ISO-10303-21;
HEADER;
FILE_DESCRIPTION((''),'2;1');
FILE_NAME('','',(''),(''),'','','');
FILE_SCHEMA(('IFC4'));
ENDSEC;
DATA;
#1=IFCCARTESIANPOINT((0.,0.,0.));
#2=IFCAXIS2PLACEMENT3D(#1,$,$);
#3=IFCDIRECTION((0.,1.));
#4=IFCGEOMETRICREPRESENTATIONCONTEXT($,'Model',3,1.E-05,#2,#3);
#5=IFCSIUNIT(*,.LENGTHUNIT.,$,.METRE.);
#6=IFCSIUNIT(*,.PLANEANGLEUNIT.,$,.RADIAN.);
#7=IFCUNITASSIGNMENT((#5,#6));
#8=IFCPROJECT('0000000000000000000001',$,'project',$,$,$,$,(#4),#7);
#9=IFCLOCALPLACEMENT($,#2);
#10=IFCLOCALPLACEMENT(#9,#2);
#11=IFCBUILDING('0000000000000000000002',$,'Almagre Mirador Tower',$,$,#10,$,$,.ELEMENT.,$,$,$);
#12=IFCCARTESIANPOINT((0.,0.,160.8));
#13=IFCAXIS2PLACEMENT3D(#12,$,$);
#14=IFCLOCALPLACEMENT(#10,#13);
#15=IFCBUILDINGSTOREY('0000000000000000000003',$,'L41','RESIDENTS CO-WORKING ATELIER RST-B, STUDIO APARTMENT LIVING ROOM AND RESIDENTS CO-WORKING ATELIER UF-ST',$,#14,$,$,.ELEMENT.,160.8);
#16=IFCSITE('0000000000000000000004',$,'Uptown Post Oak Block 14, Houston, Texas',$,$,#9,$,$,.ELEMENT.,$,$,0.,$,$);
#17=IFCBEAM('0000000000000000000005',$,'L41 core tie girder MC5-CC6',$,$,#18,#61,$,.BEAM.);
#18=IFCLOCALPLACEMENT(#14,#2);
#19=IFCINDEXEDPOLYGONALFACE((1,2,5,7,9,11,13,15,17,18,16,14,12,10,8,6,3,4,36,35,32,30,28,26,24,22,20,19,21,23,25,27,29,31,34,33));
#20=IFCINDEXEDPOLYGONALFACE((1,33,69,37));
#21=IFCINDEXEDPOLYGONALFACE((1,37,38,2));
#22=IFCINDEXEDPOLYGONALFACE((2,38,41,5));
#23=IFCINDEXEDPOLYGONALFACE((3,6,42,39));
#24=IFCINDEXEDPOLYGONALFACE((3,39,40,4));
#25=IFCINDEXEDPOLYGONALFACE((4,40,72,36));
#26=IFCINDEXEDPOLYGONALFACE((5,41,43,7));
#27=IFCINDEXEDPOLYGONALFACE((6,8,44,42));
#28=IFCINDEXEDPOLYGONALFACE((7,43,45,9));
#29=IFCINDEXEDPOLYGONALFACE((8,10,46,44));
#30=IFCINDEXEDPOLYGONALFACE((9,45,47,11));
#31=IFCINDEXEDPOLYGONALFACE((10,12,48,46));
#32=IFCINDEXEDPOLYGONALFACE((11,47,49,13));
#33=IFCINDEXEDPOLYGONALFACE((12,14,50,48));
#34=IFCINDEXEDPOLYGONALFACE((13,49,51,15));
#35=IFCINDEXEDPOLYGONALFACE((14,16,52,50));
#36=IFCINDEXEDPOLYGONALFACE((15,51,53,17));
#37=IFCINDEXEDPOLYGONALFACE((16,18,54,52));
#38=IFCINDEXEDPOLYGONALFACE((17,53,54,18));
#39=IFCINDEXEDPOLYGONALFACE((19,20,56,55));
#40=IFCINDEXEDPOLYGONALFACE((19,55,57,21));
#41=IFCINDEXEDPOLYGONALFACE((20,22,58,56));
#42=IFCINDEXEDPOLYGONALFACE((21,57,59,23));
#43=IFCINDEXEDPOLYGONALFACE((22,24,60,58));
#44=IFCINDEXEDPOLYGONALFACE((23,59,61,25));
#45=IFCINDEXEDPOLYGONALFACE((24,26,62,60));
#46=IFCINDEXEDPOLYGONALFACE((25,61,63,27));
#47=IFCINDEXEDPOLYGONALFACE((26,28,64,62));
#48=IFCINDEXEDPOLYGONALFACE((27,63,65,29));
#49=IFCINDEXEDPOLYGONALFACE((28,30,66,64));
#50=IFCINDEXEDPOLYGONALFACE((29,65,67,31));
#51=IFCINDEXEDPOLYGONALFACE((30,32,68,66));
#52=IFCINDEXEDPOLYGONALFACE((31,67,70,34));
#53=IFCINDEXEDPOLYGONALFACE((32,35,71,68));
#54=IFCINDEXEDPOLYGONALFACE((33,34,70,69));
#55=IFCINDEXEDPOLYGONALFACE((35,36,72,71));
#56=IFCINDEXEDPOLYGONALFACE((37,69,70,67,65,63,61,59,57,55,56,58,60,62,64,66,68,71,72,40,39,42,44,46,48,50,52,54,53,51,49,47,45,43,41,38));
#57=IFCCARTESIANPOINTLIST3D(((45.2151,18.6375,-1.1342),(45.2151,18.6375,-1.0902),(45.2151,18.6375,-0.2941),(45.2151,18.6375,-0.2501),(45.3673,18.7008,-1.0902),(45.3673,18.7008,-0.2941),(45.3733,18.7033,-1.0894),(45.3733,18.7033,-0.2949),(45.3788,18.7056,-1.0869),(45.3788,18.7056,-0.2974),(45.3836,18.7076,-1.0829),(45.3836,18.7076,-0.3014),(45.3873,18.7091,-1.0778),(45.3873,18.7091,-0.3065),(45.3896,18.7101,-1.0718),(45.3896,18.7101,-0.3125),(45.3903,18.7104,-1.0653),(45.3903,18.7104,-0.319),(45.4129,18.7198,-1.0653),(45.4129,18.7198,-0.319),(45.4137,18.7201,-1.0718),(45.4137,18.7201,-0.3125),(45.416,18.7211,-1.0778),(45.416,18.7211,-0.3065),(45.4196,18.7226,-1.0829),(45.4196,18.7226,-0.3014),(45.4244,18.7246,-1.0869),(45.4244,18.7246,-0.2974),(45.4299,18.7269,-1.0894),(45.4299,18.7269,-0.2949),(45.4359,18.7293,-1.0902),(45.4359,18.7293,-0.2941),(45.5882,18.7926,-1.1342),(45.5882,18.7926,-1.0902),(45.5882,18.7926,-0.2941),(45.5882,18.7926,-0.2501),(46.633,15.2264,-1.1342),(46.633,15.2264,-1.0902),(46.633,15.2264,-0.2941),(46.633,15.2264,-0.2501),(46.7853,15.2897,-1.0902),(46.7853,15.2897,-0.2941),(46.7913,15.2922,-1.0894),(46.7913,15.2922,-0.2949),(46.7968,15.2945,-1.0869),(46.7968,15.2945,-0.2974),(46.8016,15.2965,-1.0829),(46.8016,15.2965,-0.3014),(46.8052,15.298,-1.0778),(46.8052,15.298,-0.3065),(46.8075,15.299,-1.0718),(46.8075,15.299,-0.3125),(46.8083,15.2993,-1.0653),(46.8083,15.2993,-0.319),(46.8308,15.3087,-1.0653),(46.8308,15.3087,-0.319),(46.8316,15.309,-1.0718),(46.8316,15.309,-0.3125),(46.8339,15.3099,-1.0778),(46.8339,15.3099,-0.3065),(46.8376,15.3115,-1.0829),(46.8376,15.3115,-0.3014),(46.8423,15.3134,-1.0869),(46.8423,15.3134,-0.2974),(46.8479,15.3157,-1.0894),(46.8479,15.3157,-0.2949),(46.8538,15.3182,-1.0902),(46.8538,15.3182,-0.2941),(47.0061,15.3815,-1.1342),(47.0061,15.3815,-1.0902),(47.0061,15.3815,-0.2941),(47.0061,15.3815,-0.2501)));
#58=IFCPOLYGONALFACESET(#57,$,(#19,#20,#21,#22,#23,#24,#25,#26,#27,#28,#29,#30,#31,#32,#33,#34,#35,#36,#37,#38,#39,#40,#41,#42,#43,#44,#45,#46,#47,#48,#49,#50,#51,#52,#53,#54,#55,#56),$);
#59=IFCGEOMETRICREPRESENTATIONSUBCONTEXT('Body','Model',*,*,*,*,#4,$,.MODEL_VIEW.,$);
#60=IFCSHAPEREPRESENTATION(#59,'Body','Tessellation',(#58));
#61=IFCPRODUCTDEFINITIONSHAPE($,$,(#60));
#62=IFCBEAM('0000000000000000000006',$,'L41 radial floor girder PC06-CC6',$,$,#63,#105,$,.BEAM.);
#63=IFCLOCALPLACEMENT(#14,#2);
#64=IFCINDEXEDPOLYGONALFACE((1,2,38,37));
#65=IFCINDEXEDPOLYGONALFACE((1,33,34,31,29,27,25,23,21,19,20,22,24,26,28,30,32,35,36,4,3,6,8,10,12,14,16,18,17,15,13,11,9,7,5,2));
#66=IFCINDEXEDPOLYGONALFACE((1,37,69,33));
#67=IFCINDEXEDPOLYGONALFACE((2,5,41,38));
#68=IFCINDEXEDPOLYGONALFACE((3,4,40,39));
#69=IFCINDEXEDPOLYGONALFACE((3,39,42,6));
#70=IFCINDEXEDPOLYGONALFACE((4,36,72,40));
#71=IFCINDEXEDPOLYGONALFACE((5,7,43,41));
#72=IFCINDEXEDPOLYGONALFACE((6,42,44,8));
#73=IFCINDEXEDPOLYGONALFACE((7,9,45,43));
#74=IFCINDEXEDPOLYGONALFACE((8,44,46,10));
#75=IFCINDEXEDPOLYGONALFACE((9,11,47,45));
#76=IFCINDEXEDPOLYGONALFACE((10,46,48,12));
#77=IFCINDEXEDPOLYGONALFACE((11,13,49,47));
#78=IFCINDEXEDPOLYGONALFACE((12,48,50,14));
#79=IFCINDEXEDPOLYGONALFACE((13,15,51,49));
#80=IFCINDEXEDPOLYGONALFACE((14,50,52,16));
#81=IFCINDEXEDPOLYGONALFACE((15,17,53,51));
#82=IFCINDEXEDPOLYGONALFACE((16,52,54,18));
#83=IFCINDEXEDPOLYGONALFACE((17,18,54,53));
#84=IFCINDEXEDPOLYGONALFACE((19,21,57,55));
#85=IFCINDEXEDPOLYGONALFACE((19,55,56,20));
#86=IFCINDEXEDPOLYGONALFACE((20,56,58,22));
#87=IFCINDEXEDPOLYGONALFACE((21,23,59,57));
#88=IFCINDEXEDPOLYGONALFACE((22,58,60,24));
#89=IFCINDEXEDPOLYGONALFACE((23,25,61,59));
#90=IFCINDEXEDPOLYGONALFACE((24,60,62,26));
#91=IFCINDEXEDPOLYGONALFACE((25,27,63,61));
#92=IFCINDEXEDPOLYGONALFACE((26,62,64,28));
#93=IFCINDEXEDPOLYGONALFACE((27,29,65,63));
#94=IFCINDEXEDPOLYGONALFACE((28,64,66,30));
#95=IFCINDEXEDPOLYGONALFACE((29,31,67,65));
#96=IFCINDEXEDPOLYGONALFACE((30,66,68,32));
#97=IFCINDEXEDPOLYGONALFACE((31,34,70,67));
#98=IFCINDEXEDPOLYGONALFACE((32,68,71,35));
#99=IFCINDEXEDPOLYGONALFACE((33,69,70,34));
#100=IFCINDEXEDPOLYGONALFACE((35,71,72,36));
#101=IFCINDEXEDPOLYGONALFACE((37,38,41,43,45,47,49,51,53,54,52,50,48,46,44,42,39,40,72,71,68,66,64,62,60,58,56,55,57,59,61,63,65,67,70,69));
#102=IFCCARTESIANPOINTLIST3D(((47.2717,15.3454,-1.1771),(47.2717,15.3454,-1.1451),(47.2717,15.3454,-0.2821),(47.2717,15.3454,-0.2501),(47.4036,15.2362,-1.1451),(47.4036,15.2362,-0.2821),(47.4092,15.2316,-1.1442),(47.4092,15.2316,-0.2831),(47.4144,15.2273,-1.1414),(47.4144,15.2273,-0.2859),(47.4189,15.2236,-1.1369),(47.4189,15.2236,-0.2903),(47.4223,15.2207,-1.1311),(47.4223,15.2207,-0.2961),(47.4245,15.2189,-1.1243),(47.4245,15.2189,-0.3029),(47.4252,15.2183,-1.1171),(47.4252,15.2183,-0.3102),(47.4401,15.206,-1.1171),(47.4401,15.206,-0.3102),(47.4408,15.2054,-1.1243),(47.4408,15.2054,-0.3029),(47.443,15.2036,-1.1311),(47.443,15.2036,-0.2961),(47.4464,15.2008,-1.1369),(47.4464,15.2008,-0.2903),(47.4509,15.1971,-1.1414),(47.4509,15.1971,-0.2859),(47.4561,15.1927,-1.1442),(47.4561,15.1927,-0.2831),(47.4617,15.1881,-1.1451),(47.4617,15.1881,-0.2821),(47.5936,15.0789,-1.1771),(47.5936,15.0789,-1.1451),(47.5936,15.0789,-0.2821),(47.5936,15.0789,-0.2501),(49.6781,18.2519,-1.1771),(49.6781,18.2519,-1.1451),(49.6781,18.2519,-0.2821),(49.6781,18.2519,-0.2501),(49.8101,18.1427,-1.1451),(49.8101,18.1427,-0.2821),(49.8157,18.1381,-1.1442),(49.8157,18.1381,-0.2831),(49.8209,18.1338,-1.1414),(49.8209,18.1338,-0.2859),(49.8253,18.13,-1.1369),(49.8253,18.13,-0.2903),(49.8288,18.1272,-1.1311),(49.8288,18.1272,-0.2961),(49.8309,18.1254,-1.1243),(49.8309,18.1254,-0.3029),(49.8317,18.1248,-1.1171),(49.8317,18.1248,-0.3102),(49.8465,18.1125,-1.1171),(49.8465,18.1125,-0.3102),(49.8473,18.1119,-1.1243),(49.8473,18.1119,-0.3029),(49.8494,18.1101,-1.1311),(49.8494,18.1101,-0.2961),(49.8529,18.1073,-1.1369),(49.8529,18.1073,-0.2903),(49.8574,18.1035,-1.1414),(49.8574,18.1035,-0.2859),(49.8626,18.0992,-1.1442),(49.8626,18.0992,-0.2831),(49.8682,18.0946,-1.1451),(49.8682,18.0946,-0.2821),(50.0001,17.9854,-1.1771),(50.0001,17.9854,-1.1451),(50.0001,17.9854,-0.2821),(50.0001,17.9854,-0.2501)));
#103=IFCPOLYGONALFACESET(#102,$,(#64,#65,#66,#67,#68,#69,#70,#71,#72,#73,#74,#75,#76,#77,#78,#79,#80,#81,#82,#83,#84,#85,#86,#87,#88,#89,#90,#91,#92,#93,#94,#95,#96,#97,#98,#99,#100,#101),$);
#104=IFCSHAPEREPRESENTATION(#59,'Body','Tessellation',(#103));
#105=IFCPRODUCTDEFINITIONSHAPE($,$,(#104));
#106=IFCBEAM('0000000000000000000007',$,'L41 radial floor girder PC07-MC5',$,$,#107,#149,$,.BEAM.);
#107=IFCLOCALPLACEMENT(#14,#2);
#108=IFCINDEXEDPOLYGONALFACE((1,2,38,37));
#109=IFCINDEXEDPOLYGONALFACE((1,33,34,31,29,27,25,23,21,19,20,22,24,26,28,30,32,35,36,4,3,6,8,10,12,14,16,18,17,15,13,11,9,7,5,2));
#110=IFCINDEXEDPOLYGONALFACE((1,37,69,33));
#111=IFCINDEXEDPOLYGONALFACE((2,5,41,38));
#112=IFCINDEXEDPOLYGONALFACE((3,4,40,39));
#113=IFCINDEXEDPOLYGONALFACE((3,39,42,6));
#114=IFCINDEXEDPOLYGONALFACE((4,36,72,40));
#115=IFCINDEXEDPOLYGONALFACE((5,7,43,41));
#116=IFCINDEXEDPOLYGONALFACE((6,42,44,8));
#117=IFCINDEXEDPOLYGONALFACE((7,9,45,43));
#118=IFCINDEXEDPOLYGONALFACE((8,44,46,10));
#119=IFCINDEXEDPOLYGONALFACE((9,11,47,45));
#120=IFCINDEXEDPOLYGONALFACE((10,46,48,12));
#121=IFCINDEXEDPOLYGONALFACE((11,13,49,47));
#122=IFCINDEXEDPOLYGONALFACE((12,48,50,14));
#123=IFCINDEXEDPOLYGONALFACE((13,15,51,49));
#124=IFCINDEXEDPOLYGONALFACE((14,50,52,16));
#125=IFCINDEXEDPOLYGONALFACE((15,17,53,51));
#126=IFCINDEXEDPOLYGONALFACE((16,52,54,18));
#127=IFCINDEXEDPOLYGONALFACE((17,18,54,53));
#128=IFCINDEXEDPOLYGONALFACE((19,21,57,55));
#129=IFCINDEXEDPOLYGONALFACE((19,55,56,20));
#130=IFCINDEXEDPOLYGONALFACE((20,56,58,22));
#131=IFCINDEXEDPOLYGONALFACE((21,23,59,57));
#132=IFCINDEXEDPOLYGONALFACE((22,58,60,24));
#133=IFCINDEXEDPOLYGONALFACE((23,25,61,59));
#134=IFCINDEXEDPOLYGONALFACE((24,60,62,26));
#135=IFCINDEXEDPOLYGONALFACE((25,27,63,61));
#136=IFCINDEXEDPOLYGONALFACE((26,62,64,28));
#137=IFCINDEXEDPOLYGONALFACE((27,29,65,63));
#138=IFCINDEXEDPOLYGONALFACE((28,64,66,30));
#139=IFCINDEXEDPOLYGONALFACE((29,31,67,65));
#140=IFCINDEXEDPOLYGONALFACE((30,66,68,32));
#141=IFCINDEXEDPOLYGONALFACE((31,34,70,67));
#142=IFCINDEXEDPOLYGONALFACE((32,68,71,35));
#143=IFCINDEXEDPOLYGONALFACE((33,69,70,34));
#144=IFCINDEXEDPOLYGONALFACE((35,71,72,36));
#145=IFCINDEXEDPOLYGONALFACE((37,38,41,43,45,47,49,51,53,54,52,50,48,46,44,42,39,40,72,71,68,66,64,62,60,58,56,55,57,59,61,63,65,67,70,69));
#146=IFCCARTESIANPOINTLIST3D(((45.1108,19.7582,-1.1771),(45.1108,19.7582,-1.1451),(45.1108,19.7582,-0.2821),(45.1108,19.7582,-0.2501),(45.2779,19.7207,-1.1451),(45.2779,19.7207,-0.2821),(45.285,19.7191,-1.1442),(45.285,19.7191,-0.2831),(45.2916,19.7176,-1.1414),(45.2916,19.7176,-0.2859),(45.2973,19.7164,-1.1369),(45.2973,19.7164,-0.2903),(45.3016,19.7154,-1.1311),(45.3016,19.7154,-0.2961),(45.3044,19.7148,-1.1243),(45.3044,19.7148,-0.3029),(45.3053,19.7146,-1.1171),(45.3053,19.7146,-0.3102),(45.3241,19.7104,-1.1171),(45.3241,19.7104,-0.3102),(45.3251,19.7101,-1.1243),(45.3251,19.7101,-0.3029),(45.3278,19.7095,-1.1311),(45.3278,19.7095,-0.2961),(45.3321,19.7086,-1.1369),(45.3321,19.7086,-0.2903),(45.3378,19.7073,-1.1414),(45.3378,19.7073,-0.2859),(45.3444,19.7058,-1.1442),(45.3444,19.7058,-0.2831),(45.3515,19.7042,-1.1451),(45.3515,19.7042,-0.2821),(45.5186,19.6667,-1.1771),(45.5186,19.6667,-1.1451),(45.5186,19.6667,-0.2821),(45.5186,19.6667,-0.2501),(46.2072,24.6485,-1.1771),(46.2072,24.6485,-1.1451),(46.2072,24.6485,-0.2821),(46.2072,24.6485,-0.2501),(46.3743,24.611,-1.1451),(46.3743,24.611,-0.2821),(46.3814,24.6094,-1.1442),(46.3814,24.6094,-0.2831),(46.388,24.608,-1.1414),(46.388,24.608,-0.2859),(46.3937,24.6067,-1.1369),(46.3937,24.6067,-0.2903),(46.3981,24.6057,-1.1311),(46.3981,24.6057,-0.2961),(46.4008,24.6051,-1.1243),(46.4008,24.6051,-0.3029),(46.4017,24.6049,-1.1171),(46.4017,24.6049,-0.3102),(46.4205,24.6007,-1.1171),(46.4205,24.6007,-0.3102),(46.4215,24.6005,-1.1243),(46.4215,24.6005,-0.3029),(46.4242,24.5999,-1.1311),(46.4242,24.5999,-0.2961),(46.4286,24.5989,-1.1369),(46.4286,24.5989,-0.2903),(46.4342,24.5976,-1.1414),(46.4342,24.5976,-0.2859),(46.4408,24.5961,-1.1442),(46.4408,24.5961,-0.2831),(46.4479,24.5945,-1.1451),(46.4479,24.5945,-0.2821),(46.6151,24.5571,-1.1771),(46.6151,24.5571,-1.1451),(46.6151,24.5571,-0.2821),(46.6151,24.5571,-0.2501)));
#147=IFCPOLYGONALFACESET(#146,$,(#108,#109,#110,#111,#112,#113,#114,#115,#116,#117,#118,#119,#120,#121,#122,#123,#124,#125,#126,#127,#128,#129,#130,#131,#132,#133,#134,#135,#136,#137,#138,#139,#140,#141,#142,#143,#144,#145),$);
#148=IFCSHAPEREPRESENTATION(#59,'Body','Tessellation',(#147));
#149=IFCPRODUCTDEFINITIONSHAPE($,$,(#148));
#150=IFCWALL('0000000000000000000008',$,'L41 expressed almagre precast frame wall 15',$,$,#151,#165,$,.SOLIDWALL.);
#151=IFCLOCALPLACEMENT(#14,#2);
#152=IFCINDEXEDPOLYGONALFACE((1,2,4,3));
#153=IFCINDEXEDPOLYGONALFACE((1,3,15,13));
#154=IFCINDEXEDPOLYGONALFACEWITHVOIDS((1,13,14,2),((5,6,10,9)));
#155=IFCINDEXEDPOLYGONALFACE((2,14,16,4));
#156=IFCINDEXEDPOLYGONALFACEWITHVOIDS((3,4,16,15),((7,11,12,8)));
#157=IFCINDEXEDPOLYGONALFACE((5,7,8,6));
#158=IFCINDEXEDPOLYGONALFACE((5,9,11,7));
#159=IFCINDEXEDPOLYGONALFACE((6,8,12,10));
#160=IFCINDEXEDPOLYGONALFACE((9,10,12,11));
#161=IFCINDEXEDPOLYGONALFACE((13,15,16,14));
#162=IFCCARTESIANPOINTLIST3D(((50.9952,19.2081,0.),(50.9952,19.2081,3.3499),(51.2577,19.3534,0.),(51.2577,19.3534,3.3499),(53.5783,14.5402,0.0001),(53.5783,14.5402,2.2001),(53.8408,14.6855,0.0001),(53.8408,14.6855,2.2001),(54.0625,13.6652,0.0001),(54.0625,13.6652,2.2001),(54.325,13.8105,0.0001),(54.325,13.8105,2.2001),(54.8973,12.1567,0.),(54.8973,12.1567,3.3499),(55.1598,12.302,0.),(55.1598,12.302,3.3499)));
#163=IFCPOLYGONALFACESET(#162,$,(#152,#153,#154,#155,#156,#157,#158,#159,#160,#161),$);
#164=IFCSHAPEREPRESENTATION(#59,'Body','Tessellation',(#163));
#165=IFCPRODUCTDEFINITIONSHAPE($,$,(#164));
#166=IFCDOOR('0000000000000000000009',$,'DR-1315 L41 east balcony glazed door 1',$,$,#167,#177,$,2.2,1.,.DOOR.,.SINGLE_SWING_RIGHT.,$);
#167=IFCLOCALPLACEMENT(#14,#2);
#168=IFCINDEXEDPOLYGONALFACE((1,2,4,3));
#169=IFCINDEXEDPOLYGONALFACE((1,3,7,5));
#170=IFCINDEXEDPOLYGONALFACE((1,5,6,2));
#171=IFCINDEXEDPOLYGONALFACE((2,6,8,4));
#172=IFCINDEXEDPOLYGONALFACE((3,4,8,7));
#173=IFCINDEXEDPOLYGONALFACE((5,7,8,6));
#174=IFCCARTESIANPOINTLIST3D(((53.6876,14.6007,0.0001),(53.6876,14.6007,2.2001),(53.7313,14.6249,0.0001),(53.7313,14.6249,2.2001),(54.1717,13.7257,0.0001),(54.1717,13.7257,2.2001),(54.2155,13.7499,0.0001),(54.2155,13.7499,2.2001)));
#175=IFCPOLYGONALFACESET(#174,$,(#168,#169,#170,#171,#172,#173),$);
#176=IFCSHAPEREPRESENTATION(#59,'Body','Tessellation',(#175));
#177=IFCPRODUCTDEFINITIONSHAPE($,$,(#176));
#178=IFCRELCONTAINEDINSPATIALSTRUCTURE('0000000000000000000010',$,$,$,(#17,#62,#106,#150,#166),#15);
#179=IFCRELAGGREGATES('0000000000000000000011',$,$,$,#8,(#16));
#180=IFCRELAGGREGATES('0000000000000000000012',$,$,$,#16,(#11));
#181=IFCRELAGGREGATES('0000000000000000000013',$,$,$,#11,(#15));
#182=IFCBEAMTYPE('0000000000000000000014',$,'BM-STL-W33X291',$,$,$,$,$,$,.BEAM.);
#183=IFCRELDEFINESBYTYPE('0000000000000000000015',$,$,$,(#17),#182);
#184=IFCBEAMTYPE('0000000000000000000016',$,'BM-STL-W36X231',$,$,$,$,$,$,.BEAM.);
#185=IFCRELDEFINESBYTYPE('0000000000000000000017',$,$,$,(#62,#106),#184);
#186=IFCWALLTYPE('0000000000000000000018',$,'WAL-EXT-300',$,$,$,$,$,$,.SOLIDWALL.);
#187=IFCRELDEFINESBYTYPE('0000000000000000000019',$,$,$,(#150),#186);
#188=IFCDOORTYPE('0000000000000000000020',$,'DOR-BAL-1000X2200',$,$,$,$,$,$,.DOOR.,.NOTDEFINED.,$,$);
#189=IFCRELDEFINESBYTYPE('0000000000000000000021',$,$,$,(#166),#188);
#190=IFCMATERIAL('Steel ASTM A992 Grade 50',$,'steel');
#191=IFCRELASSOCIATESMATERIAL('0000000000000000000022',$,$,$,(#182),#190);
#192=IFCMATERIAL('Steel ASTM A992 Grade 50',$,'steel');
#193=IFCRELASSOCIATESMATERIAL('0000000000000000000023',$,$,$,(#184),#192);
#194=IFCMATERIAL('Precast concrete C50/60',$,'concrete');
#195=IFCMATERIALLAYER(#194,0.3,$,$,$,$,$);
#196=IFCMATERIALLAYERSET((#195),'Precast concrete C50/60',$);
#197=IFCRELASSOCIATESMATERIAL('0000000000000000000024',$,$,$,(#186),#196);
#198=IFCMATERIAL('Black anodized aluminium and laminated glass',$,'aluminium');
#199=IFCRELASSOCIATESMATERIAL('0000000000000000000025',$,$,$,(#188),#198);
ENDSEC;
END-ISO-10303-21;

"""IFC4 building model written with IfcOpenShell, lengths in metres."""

from ifc_helpers import new_model, si_unit, direction, frame, frame_2d, origin, origin_2d, place, context, subcontext, project, spatial, rectangle, i_section, extrude, material, layer, layer_set, material_profile, profile_set, type_object, element, fill, save


model = new_model("IFC4")

# Units and contexts
model_context = context("Model", 3, precision=1e-05, world=origin(), true_north=direction((0.0, 1.0)))
body_context = subcontext(model_context, "Body", "Model", "MODEL_VIEW")
ifc_project = project(units=[si_unit("LENGTHUNIT", "METRE"), si_unit("PLANEANGLEUNIT", "RADIAN")], contexts=[model_context])

# Site, building, storey
site_placement = place(None, origin())
site = spatial("IfcSite", under=ifc_project, at=site_placement, Name="Uptown Post Oak Block 14, Houston, Texas", CompositionType="ELEMENT", RefElevation=0.0)
building_placement = place(site_placement, origin())
building = spatial("IfcBuilding", under=site, at=building_placement, Name="Almagre Mirador Tower", CompositionType="ELEMENT")
storey_placement = place(building_placement, frame((0.0, 0.0, 160.8)))
storey = spatial("IfcBuildingStorey", under=building, at=storey_placement, Name="L41", Description="RESIDENTS CO-WORKING ATELIER RST-B, STUDIO APARTMENT LIVING ROOM AND RESIDENTS CO-WORKING ATELIER UF-ST", CompositionType="ELEMENT", Elevation=160.8)

# Beams
ifc_material_1 = material(Name="Steel ASTM A992 Grade 50", Category="steel")
ifc_material_profile_1 = material_profile(ifc_material_1, i_section(OverallWidth=0.4041, OverallDepth=0.884, WebThickness=0.0244, FlangeThickness=0.0439, FilletRadius=0.0249, at=origin_2d()), Name="W33X291")
ifc_profile_set_1 = profile_set([ifc_material_profile_1], Name="Steel ASTM A992 Grade 50")
beam_type_1 = type_object("IfcBeamType", Name="BM-STL-W33X291", PredefinedType="BEAM", material=ifc_profile_set_1)
beam_1_placement = place(storey_placement, frame((45.4016, 18.7151, -0.6921), z_axis=(0.383846, -0.923397, 0.0), x_axis=(0.923397, 0.383846, 0.0)))
element("IfcBeam", 1, at=beam_1_placement, inside=storey, type_object=beam_type_1, Name="L41 core tie girder MC5-CC6", PredefinedType="BEAM", context=body_context, shape_type="SweptSolid", body=[
    extrude(i_section(OverallWidth=0.4041, OverallDepth=0.884, WebThickness=0.0244, FlangeThickness=0.0439, FilletRadius=0.0249, at=origin_2d()), origin(), (0.0, 0.0, 1.0), 3.6941),
])
ifc_material_2 = material(Name="Steel ASTM A992 Grade 50", Category="steel")
ifc_material_profile_2 = material_profile(ifc_material_2, i_section(OverallWidth=0.418, OverallDepth=0.927, WebThickness=0.0193, FlangeThickness=0.032, FilletRadius=0.0281, at=origin_2d()), Name="W36X231")
ifc_profile_set_2 = profile_set([ifc_material_profile_2], Name="Steel ASTM A992 Grade 50")
beam_type_2 = type_object("IfcBeamType", Name="BM-STL-W36X231", PredefinedType="BEAM", material=ifc_profile_set_2)
beam_2_placement = place(storey_placement, frame((49.8391, 18.1187, -0.7136), z_axis=(-0.637744, -0.770249, 0.0), x_axis=(0.770249, -0.637744, 0.0)))
element("IfcBeam", 2, at=beam_2_placement, inside=storey, type_object=beam_type_2, Name="L41 radial floor girder PC06-CC6", PredefinedType="BEAM", context=body_context, shape_type="SweptSolid", body=[
    extrude(i_section(OverallWidth=0.418, OverallDepth=0.927, WebThickness=0.0193, FlangeThickness=0.032, FilletRadius=0.0281, at=origin_2d()), origin(), (0.0, 0.0, 1.0), 3.7734),
])
beam_3_placement = place(storey_placement, frame((46.4111, 24.6028, -0.7136), z_axis=(-0.218771, -0.975776, 0.0), x_axis=(0.975776, -0.218771, 0.0)))
element("IfcBeam", 3, at=beam_3_placement, inside=storey, type_object=beam_type_2, Name="L41 radial floor girder PC07-MC5", PredefinedType="BEAM", context=body_context, shape_type="SweptSolid", body=[
    extrude(i_section(OverallWidth=0.418, OverallDepth=0.927, WebThickness=0.0193, FlangeThickness=0.032, FilletRadius=0.0281, at=origin_2d()), origin(), (0.0, 0.0, 1.0), 5.0117),
])

# Wall, opening, door
ifc_material_3 = material(Name="Precast concrete C50/60", Category="concrete")
ifc_layer_1 = layer(ifc_material_3, 0.3)
ifc_layer_set_1 = layer_set([ifc_layer_1], Name="Precast concrete C50/60")
wall_type_1 = type_object("IfcWallType", Name="WAL-EXT-300", PredefinedType="SOLIDWALL", material=ifc_layer_set_1)
wall_1_placement = place(storey_placement, frame((51.1265, 19.2808, 0.0), z_axis=(0.0, 0.0, 1.0), x_axis=(0.484181, -0.874968, 0.0)))
wall_1 = element("IfcWall", 4, at=wall_1_placement, inside=storey, type_object=wall_type_1, Name="L41 expressed almagre precast frame wall 15", PredefinedType="SOLIDWALL", context=body_context, shape_type="SweptSolid", body=[
    extrude(rectangle(XDim=8.0591, YDim=0.3, at=frame_2d((4.0295, 0.0))), origin(), (0.0, 0.0, 1.0), 3.3499),
])
opening_1_placement = place(wall_1_placement, frame((5.335, 0.0, 0.0)))
opening_1 = element("IfcOpeningElement", 5, at=opening_1_placement, cuts=wall_1, PredefinedType="OPENING", context=body_context, shape_type="SweptSolid", body=[
    extrude(rectangle(XDim=1.0, YDim=2.2, at=frame_2d((0.5, 1.1001))), frame((0.0, 0.1599, 0.0), z_axis=(0.0, -1.0, 0.0), x_axis=(1.0, 0.0, 0.0)), (0.0, 0.0, 1.0), 0.32),
])
ifc_material_4 = material(Name="Black anodized aluminium and laminated glass", Category="aluminium")
door_type_1 = type_object("IfcDoorType", Name="DOR-BAL-1000X2200", OperationType="NOTDEFINED", PredefinedType="DOOR", material=ifc_material_4)
door_1_placement = place(opening_1_placement, origin())
door_1 = element("IfcDoor", 6, at=door_1_placement, inside=storey, type_object=door_type_1, Name="DR-1315 L41 east balcony glazed door 1", OperationType="SINGLE_SWING_RIGHT", OverallHeight=2.2, OverallWidth=1.0, PredefinedType="DOOR", context=body_context, shape_type="SweptSolid", body=[
    extrude(rectangle(XDim=1.0, YDim=2.2, at=frame_2d((0.5, 1.1001))), frame((0.0, 0.0249, 0.0), z_axis=(0.0, -1.0, 0.0), x_axis=(1.0, 0.0, 0.0)), (0.0, 0.0, 1.0), 0.05),
])
fill(opening_1, door_1)

save(model, "model.ifc")
